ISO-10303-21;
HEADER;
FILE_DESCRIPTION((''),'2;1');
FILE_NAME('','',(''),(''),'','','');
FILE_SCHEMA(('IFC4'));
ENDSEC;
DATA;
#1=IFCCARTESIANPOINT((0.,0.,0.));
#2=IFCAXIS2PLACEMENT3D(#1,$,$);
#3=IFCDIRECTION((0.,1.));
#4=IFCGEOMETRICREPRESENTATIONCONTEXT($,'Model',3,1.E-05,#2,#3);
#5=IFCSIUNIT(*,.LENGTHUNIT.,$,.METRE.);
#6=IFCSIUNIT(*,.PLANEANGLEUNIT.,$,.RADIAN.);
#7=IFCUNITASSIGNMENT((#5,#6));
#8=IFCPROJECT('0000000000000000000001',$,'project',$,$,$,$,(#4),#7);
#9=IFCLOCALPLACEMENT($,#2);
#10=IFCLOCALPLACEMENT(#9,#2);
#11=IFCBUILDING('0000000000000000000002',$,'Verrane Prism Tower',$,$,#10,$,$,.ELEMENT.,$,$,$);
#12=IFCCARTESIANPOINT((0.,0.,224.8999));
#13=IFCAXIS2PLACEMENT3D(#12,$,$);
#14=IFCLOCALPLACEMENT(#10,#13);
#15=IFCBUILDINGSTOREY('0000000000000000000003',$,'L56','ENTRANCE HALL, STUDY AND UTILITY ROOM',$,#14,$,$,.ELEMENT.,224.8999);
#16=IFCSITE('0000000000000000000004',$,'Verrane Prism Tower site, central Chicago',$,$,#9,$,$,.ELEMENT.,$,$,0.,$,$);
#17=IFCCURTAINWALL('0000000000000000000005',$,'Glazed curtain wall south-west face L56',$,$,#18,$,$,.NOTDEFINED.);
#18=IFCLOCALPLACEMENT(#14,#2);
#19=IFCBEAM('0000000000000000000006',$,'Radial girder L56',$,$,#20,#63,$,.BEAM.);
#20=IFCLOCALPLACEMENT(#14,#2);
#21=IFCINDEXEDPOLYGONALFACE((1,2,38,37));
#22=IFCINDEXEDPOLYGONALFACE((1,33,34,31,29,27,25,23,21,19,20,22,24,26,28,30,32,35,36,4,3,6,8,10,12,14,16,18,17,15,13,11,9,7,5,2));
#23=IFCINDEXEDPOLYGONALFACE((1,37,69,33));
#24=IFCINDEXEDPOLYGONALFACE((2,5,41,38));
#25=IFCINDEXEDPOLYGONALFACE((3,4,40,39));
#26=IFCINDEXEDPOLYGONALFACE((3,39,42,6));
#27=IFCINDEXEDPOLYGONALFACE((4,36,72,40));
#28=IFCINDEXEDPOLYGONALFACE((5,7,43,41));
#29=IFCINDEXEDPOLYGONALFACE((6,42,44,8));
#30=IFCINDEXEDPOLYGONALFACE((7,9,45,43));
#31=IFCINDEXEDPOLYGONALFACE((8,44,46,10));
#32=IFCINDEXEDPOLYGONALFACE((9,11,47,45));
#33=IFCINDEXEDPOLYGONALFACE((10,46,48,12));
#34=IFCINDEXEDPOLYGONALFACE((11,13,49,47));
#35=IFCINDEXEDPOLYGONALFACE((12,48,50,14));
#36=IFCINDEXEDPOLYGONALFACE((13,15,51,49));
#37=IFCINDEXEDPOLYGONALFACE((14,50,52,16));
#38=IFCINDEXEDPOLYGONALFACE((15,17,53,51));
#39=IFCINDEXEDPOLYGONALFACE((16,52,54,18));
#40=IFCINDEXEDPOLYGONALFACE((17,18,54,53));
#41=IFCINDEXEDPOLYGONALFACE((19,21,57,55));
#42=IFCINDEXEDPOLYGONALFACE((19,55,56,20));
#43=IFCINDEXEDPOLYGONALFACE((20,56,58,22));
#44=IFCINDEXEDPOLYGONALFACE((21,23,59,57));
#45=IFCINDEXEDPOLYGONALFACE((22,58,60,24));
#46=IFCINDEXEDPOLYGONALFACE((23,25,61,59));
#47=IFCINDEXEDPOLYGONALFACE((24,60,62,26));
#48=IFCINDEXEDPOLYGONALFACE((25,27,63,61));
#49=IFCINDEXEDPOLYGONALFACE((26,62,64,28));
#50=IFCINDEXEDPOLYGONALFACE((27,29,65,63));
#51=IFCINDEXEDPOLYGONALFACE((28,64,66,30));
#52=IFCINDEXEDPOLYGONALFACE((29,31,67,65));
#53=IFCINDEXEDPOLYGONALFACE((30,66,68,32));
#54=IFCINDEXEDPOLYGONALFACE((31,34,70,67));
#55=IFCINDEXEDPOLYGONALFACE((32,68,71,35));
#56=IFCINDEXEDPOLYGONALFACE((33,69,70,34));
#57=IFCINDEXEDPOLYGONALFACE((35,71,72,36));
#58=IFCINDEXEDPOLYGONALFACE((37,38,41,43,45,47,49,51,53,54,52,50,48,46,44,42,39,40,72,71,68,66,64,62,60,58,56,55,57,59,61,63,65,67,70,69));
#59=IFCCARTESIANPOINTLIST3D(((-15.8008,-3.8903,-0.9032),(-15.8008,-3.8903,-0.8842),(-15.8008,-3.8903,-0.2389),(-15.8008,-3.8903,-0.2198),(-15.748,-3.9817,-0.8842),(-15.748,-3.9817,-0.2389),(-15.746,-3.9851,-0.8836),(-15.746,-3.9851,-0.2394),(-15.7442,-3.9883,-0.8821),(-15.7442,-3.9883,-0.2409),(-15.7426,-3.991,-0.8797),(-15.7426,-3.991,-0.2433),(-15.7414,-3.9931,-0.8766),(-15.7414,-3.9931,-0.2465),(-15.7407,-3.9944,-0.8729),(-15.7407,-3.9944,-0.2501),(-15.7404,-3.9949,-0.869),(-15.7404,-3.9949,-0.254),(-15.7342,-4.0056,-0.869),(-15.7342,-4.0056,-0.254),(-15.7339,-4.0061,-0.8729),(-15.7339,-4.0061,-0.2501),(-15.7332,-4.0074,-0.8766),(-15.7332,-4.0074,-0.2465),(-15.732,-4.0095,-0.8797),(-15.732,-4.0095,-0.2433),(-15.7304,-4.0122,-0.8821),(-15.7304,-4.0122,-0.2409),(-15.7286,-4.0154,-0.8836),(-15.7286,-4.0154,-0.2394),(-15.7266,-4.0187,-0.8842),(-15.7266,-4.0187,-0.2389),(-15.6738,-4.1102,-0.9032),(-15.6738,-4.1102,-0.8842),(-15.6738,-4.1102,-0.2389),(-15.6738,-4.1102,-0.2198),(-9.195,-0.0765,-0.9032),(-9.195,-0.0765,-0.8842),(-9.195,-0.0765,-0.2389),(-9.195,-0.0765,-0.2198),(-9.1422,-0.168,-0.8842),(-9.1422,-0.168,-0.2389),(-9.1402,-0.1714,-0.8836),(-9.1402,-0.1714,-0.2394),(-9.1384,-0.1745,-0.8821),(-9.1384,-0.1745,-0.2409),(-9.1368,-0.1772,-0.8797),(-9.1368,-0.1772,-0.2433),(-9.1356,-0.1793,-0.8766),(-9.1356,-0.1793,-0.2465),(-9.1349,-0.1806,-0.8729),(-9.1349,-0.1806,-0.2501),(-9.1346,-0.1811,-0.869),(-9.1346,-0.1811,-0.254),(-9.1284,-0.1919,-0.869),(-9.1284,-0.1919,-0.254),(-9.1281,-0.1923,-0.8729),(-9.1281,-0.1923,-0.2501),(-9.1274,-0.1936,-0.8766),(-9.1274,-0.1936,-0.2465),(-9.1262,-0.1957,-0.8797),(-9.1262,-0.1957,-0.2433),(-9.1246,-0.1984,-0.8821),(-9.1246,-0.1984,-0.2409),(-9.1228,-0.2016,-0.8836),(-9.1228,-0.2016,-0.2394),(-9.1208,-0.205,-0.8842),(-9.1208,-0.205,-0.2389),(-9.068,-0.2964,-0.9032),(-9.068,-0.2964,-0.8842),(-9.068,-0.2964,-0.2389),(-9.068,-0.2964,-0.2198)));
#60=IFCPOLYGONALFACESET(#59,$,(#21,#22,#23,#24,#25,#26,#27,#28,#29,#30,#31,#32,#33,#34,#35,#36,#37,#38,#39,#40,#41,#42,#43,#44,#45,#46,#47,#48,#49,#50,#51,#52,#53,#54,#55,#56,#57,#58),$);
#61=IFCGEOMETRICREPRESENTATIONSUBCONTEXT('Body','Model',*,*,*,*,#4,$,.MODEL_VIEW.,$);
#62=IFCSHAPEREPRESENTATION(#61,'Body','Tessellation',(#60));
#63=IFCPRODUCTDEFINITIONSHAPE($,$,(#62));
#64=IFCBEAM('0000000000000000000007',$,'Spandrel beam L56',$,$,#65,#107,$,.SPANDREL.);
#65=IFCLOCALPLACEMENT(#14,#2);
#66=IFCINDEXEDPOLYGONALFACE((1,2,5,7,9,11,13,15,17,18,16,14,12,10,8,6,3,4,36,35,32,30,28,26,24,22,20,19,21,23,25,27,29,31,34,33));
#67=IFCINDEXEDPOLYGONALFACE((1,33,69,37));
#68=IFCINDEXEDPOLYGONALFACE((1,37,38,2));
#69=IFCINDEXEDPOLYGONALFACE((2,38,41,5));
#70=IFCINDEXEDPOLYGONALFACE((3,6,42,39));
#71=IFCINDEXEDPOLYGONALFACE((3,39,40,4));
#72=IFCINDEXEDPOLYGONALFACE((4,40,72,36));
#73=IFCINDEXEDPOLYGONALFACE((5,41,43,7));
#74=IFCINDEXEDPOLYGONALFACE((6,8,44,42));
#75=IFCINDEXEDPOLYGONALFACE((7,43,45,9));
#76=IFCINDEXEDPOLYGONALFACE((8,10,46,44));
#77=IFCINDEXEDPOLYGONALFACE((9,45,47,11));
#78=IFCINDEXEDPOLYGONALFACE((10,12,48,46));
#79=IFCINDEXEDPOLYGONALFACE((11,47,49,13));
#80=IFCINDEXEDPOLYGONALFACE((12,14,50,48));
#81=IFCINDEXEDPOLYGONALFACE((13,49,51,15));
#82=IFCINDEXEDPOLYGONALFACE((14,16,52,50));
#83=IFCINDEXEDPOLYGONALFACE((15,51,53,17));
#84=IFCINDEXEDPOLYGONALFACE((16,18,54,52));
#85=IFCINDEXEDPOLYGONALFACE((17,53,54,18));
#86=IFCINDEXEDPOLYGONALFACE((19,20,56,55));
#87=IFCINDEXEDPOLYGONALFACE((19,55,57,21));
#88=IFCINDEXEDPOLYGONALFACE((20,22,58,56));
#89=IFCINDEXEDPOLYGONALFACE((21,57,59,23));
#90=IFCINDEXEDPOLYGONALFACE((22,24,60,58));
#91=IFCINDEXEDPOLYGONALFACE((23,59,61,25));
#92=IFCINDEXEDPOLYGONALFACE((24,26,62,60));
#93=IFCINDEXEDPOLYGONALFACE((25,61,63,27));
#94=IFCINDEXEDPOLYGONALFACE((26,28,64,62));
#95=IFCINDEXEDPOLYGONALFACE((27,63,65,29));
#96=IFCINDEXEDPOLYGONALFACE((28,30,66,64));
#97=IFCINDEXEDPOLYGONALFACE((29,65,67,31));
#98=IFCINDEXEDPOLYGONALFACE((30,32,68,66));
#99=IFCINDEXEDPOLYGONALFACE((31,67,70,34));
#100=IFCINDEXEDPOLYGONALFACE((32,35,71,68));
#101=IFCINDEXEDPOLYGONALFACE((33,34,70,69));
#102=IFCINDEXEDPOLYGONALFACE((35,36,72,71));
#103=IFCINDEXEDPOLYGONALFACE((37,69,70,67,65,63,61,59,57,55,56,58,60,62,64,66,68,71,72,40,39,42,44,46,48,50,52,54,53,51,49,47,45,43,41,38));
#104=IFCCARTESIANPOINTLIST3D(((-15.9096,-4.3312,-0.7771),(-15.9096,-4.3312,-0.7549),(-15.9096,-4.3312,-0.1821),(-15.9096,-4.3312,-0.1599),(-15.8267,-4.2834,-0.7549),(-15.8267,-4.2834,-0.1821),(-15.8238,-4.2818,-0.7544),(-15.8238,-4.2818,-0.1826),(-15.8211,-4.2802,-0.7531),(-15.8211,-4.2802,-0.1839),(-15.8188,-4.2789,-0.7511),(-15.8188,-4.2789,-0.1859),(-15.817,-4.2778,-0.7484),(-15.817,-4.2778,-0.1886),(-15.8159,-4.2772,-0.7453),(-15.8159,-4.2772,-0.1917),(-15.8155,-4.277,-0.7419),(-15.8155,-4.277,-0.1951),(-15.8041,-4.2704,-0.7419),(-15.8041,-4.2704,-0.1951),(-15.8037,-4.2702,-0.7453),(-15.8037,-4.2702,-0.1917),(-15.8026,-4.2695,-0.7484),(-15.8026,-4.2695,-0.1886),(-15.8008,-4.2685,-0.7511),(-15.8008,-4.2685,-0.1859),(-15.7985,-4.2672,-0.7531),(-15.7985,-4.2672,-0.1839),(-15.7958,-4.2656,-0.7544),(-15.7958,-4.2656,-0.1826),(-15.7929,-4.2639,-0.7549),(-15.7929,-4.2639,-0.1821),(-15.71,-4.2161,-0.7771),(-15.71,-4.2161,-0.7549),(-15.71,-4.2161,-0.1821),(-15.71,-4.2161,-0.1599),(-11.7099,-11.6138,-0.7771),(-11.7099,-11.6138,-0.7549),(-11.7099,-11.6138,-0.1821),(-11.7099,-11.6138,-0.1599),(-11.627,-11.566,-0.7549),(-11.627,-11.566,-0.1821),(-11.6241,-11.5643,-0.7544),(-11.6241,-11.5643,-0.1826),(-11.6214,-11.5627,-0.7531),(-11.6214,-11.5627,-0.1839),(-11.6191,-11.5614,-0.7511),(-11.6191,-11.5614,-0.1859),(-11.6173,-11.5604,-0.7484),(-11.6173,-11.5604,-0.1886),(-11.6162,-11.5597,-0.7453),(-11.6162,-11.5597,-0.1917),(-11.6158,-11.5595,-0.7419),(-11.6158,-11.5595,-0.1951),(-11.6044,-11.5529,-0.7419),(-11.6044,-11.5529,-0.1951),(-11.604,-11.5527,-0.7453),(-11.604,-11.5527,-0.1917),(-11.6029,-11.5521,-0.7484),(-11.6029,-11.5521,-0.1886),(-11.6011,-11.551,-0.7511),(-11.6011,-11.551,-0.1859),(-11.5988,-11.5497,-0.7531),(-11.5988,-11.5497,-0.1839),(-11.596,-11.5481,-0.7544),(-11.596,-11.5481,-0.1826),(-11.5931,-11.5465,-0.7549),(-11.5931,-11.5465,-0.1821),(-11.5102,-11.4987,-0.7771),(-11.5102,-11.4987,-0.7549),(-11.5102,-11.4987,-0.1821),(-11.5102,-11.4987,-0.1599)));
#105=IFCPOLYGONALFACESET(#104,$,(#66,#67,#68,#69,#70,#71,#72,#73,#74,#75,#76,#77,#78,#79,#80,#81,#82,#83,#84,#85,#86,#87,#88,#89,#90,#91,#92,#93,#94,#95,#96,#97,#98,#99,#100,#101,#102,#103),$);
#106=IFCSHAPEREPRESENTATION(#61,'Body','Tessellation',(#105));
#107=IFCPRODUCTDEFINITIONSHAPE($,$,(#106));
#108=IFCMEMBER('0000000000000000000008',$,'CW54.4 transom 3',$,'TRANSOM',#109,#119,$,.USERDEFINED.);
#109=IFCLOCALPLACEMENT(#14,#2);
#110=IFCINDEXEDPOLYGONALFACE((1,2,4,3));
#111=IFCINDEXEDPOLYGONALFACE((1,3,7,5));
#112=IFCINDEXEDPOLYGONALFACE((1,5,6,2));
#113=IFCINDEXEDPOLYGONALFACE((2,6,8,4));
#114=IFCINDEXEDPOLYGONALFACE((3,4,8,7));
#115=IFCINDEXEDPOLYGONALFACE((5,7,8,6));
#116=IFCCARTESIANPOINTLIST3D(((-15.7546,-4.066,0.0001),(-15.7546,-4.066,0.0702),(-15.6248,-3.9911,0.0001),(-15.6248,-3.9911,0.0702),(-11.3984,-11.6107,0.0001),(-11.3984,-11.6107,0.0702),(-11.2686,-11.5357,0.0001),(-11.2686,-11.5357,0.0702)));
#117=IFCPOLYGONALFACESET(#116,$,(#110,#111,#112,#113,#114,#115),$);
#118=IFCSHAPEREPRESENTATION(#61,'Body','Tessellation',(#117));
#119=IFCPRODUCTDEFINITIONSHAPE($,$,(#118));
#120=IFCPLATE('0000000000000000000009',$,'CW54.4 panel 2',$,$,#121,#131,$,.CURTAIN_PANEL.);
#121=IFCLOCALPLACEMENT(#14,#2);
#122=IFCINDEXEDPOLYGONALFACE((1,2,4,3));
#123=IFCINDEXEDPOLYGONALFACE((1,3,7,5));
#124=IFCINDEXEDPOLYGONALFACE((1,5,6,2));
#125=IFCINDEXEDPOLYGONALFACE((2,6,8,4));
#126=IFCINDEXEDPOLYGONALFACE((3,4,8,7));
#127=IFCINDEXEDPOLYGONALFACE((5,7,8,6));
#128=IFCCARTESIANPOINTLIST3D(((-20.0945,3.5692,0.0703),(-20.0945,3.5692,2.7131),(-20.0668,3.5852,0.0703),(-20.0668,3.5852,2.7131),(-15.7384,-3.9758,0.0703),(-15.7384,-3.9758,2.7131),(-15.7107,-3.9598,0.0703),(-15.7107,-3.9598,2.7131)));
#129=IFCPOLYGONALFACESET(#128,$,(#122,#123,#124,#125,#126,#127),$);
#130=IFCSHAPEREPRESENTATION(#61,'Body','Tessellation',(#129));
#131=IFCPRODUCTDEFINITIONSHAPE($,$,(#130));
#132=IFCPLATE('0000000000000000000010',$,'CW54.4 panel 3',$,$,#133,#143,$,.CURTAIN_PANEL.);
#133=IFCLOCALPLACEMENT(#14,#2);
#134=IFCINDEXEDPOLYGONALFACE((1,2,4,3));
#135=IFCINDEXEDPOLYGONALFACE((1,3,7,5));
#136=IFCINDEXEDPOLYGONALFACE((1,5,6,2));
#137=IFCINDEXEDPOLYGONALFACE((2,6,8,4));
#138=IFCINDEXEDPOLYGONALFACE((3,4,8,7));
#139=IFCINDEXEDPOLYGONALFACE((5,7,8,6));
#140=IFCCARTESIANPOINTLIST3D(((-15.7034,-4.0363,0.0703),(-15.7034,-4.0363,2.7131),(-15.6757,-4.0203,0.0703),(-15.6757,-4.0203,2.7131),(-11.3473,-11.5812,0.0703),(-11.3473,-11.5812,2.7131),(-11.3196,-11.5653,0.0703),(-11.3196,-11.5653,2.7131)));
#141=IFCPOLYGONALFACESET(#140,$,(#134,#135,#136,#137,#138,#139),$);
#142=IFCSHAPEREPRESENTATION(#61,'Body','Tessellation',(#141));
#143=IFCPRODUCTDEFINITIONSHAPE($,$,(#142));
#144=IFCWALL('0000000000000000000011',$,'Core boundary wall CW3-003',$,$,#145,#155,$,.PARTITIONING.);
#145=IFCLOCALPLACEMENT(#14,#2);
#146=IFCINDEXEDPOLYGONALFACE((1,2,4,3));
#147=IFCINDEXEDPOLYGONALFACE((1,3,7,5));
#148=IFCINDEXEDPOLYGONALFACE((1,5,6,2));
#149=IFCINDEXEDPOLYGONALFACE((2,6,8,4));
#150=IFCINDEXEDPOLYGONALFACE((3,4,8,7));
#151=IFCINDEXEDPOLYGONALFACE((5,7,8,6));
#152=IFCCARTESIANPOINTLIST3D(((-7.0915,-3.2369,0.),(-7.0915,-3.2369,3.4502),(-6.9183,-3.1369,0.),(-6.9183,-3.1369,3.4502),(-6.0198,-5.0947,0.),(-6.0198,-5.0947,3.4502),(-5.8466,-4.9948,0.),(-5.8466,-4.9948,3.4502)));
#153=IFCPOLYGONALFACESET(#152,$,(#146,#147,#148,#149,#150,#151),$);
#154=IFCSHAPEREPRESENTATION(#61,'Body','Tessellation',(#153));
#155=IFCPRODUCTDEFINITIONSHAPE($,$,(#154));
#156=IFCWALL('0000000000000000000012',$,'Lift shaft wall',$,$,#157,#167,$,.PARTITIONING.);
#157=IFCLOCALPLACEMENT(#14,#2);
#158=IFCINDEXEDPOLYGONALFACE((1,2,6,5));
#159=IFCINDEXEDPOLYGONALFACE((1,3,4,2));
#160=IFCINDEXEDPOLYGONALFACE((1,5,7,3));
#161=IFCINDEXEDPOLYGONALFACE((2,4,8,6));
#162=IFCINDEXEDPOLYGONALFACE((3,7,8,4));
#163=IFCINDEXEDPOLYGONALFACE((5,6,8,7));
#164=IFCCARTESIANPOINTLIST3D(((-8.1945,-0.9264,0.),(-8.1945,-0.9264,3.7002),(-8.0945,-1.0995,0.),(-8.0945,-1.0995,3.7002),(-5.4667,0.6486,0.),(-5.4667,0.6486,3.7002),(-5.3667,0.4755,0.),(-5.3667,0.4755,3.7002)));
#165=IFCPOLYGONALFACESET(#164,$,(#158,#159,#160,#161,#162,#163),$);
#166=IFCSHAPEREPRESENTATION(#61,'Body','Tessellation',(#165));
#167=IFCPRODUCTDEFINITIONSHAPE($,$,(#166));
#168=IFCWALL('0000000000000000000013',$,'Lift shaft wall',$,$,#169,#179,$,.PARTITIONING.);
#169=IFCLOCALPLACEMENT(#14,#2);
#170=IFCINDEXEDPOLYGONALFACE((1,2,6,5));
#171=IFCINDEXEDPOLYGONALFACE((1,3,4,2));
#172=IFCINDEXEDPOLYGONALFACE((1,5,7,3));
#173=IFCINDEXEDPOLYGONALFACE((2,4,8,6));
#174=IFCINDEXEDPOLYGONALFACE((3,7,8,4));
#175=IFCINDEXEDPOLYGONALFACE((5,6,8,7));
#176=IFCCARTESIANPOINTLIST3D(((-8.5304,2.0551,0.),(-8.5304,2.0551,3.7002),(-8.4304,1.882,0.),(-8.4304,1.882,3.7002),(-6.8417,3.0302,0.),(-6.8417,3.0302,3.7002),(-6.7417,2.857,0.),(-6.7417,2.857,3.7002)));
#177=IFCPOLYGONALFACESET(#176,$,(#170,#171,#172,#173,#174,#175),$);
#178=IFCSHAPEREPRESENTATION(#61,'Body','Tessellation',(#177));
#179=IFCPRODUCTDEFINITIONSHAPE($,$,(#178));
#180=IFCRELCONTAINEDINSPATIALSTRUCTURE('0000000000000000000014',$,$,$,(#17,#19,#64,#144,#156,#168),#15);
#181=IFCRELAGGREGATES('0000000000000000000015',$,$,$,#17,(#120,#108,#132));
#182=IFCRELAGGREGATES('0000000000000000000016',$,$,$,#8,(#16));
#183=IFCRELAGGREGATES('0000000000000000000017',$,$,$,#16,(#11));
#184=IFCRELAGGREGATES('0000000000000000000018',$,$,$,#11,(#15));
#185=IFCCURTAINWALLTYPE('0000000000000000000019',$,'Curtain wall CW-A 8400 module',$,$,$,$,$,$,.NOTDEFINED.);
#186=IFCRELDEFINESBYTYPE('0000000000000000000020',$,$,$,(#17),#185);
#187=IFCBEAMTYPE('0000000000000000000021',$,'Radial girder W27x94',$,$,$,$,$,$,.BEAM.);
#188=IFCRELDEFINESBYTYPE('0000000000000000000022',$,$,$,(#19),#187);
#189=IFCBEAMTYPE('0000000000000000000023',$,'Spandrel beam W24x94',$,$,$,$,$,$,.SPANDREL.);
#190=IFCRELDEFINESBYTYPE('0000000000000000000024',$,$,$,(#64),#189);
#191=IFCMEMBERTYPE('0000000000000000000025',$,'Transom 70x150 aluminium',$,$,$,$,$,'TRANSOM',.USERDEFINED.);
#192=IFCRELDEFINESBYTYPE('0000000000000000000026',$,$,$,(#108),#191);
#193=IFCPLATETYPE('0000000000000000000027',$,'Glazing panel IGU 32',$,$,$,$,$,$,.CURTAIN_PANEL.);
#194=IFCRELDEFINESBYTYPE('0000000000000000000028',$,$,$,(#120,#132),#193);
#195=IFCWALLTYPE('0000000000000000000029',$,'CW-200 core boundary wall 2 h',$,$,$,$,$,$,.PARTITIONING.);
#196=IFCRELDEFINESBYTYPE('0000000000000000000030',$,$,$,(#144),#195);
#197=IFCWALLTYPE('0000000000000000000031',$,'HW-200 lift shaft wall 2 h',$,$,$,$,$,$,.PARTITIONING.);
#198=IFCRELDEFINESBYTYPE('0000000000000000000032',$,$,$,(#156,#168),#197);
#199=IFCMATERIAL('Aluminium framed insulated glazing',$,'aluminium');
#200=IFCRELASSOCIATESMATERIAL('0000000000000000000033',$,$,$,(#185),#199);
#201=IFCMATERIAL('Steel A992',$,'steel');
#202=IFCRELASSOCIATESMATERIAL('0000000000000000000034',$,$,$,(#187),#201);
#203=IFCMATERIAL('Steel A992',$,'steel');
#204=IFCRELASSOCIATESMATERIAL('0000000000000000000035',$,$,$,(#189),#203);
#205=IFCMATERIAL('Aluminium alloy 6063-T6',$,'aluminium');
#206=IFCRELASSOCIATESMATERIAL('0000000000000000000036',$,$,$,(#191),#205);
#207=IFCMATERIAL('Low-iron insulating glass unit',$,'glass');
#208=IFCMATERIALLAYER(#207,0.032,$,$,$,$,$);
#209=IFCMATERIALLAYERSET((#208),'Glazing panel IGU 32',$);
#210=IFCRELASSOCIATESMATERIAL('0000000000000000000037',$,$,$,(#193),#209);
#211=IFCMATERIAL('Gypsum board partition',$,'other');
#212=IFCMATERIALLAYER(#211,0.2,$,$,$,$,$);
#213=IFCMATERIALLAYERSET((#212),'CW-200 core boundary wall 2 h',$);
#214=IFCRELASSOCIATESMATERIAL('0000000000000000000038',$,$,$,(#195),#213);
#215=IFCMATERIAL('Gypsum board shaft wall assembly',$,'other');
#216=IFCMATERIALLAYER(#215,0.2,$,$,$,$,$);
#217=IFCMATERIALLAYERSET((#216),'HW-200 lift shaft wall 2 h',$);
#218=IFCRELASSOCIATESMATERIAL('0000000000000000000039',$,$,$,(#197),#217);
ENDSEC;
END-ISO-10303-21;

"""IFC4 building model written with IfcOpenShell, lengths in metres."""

from ifc_helpers import new_model, si_unit, direction, frame, frame_2d, origin, origin_2d, place, context, subcontext, project, spatial, rectangle, i_section, extrude, material, layer, layer_set, material_profile, profile_set, type_object, element, aggregate, save


model = new_model("IFC4")

# Units and contexts
model_context = context("Model", 3, precision=1e-05, world=origin(), true_north=direction((0.0, 1.0)))
body_context = subcontext(model_context, "Body", "Model", "MODEL_VIEW")
ifc_project = project(units=[si_unit("LENGTHUNIT", "METRE"), si_unit("PLANEANGLEUNIT", "RADIAN")], contexts=[model_context])

# Site, building, storey
site_placement = place(None, origin())
site = spatial("IfcSite", under=ifc_project, at=site_placement, Name="Verrane Prism Tower site, central Chicago", CompositionType="ELEMENT", RefElevation=0.0)
building_placement = place(site_placement, origin())
building = spatial("IfcBuilding", under=site, at=building_placement, Name="Verrane Prism Tower", CompositionType="ELEMENT")
storey_placement = place(building_placement, frame((0.0, 0.0, 224.8999)))
storey = spatial("IfcBuildingStorey", under=building, at=storey_placement, Name="L56", Description="ENTRANCE HALL, STUDY AND UTILITY ROOM", CompositionType="ELEMENT", Elevation=224.8999)

# Curtain wall
ifc_material_1 = material(Name="Aluminium framed insulated glazing", Category="aluminium")
curtain_wall_type = type_object("IfcCurtainWallType", Name="Curtain wall CW-A 8400 module", PredefinedType="NOTDEFINED", material=ifc_material_1)
curtain_wall_placement = place(storey_placement, origin())
curtain_wall = element("IfcCurtainWall", 1, at=curtain_wall_placement, inside=storey, type_object=curtain_wall_type, Name="Glazed curtain wall south-west face L56", PredefinedType="NOTDEFINED")

# Beams
ifc_material_2 = material(Name="Steel A992", Category="steel")
ifc_material_profile_1 = material_profile(ifc_material_2, i_section(OverallWidth=0.2539, OverallDepth=0.6833, WebThickness=0.0125, FlangeThickness=0.019, FilletRadius=0.0151, at=origin_2d()), Name="W27x94")
ifc_profile_set_1 = profile_set([ifc_material_profile_1], Name="Steel A992")
beam_type_1 = type_object("IfcBeamType", Name="Radial girder W27x94", PredefinedType="BEAM", material=ifc_profile_set_1)
beam_1_placement = place(storey_placement, frame((-15.7373, -4.0002, -0.5615), z_axis=(0.86603, 0.499991, 0.0), x_axis=(-0.499991, 0.86603, 0.0)))
element("IfcBeam", 2, at=beam_1_placement, inside=storey, type_object=beam_type_1, Name="Radial girder L56", PredefinedType="BEAM", context=body_context, shape_type="SweptSolid", body=[
    extrude(i_section(OverallWidth=0.2539, OverallDepth=0.6833, WebThickness=0.0125, FlangeThickness=0.019, FilletRadius=0.0151, at=origin_2d()), origin(), (0.0, 0.0, 1.0), 7.6277),
])
ifc_material_3 = material(Name="Steel A992", Category="steel")
ifc_material_profile_2 = material_profile(ifc_material_3, i_section(OverallWidth=0.2305, OverallDepth=0.6172, WebThickness=0.0132, FlangeThickness=0.0222, FilletRadius=0.0129, at=origin_2d()), Name="W24x94")
ifc_profile_set_2 = profile_set([ifc_material_profile_2], Name="Steel A992")
beam_type_2 = type_object("IfcBeamType", Name="Spandrel beam W24x94", PredefinedType="SPANDREL", material=ifc_profile_set_2)
beam_2_placement = place(storey_placement, frame((-15.8098, -4.2737, -0.4685), z_axis=(0.499569, -0.866274, 0.0), x_axis=(0.866274, 0.499569, 0.0)))
element("IfcBeam", 3, at=beam_2_placement, inside=storey, type_object=beam_type_2, Name="Spandrel beam L56", PredefinedType="SPANDREL", context=body_context, shape_type="SweptSolid", body=[
    extrude(i_section(OverallWidth=0.2305, OverallDepth=0.6172, WebThickness=0.0132, FlangeThickness=0.0222, FilletRadius=0.0129, at=origin_2d()), origin(), (0.0, 0.0, 1.0), 8.4067),
])

# Member
ifc_material_4 = material(Name="Aluminium alloy 6063-T6", Category="aluminium")
ifc_material_profile_3 = material_profile(ifc_material_4, rectangle(XDim=0.1499, YDim=0.0701, at=origin_2d()), Name="Transom 70x150 aluminium")
ifc_profile_set_3 = profile_set([ifc_material_profile_3], Name="Aluminium alloy 6063-T6")
member_type_1 = type_object("IfcMemberType", Name="Transom 70x150 aluminium", ElementType="TRANSOM", PredefinedType="USERDEFINED", material=ifc_profile_set_3)
member_1_placement = place(storey_placement, frame((-15.6897, -4.0286, 0.0352), z_axis=(0.500024, -0.866012, 0.0), x_axis=(0.866012, 0.500024, 0.0)))
member_1 = element("IfcMember", 4, at=member_1_placement, type_object=member_type_1, Name="CW54.4 transom 3", ObjectType="TRANSOM", PredefinedType="USERDEFINED", context=body_context, shape_type="SweptSolid", body=[
    extrude(rectangle(XDim=0.1499, YDim=0.0701, at=origin_2d()), origin(), (0.0, 0.0, 1.0), 8.7119),
])

# Plates
ifc_material_5 = material(Name="Low-iron insulating glass unit", Category="glass")
ifc_layer_1 = layer(ifc_material_5, 0.032)
ifc_layer_set_1 = layer_set([ifc_layer_1], Name="Glazing panel IGU 32")
plate_type = type_object("IfcPlateType", Name="Glazing panel IGU 32", PredefinedType="CURTAIN_PANEL", material=ifc_layer_set_1)
plate_1_placement = place(storey_placement, frame((-17.9026, -0.1953, 0.0703), z_axis=(0.0, 0.0, 1.0), x_axis=(0.500001, -0.866025, 0.0)))
plate_1 = element("IfcPlate", 5, at=plate_1_placement, type_object=plate_type, Name="CW54.4 panel 2", PredefinedType="CURTAIN_PANEL", context=body_context, shape_type="SweptSolid", body=[
    extrude(rectangle(XDim=8.7122, YDim=0.032, at=origin_2d()), origin(), (0.0, 0.0, 1.0), 2.6428),
])
plate_2_placement = place(storey_placement, frame((-13.5115, -7.8008, 0.0703), z_axis=(0.0, 0.0, 1.0), x_axis=(0.500001, -0.866025, 0.0)))
plate_2 = element("IfcPlate", 6, at=plate_2_placement, type_object=plate_type, Name="CW54.4 panel 3", PredefinedType="CURTAIN_PANEL", context=body_context, shape_type="SweptSolid", body=[
    extrude(rectangle(XDim=8.7122, YDim=0.032, at=origin_2d()), origin(), (0.0, 0.0, 1.0), 2.6428),
])
aggregate(curtain_wall, [plate_1, member_1, plate_2])

# Walls
ifc_material_6 = material(Name="Gypsum board partition", Category="other")
ifc_layer_2 = layer(ifc_material_6, 0.2)
ifc_layer_set_2 = layer_set([ifc_layer_2], Name="CW-200 core boundary wall 2 h")
wall_type_1 = type_object("IfcWallType", Name="CW-200 core boundary wall 2 h", PredefinedType="PARTITIONING", material=ifc_layer_set_2)
wall_1_placement = place(storey_placement, frame((-7.0049, -3.187, 0.0), z_axis=(0.0, 0.0, 1.0), x_axis=(0.49969, -0.866205, 0.0)))
element("IfcWall", 7, at=wall_1_placement, inside=storey, type_object=wall_type_1, Name="Core boundary wall CW3-003", PredefinedType="PARTITIONING", context=body_context, shape_type="SweptSolid", body=[
    extrude(rectangle(XDim=2.1448, YDim=0.2, at=frame_2d((1.0723, 0.0))), origin(), (0.0, 0.0, 1.0), 3.4502),
])
ifc_material_7 = material(Name="Gypsum board shaft wall assembly", Category="other")
ifc_layer_3 = layer(ifc_material_7, 0.2)
ifc_layer_set_3 = layer_set([ifc_layer_3], Name="HW-200 lift shaft wall 2 h")
wall_type_2 = type_object("IfcWallType", Name="HW-200 lift shaft wall 2 h", PredefinedType="PARTITIONING", material=ifc_layer_set_3)
wall_2_placement = place(storey_placement, frame((-8.1445, -1.0129, 0.0), z_axis=(0.0, 0.0, 1.0), x_axis=(0.866016, 0.500015, 0.0)))
element("IfcWall", 8, at=wall_2_placement, inside=storey, type_object=wall_type_2, Name="Lift shaft wall", PredefinedType="PARTITIONING", context=body_context, shape_type="SweptSolid", body=[
    extrude(rectangle(XDim=3.1499, YDim=0.2, at=frame_2d((1.575, 0.0))), origin(), (0.0, 0.0, 1.0), 3.7002),
])
wall_3_placement = place(storey_placement, frame((-8.4805, 1.9685, 0.0), z_axis=(0.0, 0.0, 1.0), x_axis=(0.866, 0.500044, 0.0)))
element("IfcWall", 9, at=wall_3_placement, inside=storey, type_object=wall_type_2, Name="Lift shaft wall", PredefinedType="PARTITIONING", context=body_context, shape_type="SweptSolid", body=[
    extrude(rectangle(XDim=1.95, YDim=0.2, at=frame_2d((0.9751, 0.0))), origin(), (0.0, 0.0, 1.0), 3.7002),
])

save(model, "model.ifc")
